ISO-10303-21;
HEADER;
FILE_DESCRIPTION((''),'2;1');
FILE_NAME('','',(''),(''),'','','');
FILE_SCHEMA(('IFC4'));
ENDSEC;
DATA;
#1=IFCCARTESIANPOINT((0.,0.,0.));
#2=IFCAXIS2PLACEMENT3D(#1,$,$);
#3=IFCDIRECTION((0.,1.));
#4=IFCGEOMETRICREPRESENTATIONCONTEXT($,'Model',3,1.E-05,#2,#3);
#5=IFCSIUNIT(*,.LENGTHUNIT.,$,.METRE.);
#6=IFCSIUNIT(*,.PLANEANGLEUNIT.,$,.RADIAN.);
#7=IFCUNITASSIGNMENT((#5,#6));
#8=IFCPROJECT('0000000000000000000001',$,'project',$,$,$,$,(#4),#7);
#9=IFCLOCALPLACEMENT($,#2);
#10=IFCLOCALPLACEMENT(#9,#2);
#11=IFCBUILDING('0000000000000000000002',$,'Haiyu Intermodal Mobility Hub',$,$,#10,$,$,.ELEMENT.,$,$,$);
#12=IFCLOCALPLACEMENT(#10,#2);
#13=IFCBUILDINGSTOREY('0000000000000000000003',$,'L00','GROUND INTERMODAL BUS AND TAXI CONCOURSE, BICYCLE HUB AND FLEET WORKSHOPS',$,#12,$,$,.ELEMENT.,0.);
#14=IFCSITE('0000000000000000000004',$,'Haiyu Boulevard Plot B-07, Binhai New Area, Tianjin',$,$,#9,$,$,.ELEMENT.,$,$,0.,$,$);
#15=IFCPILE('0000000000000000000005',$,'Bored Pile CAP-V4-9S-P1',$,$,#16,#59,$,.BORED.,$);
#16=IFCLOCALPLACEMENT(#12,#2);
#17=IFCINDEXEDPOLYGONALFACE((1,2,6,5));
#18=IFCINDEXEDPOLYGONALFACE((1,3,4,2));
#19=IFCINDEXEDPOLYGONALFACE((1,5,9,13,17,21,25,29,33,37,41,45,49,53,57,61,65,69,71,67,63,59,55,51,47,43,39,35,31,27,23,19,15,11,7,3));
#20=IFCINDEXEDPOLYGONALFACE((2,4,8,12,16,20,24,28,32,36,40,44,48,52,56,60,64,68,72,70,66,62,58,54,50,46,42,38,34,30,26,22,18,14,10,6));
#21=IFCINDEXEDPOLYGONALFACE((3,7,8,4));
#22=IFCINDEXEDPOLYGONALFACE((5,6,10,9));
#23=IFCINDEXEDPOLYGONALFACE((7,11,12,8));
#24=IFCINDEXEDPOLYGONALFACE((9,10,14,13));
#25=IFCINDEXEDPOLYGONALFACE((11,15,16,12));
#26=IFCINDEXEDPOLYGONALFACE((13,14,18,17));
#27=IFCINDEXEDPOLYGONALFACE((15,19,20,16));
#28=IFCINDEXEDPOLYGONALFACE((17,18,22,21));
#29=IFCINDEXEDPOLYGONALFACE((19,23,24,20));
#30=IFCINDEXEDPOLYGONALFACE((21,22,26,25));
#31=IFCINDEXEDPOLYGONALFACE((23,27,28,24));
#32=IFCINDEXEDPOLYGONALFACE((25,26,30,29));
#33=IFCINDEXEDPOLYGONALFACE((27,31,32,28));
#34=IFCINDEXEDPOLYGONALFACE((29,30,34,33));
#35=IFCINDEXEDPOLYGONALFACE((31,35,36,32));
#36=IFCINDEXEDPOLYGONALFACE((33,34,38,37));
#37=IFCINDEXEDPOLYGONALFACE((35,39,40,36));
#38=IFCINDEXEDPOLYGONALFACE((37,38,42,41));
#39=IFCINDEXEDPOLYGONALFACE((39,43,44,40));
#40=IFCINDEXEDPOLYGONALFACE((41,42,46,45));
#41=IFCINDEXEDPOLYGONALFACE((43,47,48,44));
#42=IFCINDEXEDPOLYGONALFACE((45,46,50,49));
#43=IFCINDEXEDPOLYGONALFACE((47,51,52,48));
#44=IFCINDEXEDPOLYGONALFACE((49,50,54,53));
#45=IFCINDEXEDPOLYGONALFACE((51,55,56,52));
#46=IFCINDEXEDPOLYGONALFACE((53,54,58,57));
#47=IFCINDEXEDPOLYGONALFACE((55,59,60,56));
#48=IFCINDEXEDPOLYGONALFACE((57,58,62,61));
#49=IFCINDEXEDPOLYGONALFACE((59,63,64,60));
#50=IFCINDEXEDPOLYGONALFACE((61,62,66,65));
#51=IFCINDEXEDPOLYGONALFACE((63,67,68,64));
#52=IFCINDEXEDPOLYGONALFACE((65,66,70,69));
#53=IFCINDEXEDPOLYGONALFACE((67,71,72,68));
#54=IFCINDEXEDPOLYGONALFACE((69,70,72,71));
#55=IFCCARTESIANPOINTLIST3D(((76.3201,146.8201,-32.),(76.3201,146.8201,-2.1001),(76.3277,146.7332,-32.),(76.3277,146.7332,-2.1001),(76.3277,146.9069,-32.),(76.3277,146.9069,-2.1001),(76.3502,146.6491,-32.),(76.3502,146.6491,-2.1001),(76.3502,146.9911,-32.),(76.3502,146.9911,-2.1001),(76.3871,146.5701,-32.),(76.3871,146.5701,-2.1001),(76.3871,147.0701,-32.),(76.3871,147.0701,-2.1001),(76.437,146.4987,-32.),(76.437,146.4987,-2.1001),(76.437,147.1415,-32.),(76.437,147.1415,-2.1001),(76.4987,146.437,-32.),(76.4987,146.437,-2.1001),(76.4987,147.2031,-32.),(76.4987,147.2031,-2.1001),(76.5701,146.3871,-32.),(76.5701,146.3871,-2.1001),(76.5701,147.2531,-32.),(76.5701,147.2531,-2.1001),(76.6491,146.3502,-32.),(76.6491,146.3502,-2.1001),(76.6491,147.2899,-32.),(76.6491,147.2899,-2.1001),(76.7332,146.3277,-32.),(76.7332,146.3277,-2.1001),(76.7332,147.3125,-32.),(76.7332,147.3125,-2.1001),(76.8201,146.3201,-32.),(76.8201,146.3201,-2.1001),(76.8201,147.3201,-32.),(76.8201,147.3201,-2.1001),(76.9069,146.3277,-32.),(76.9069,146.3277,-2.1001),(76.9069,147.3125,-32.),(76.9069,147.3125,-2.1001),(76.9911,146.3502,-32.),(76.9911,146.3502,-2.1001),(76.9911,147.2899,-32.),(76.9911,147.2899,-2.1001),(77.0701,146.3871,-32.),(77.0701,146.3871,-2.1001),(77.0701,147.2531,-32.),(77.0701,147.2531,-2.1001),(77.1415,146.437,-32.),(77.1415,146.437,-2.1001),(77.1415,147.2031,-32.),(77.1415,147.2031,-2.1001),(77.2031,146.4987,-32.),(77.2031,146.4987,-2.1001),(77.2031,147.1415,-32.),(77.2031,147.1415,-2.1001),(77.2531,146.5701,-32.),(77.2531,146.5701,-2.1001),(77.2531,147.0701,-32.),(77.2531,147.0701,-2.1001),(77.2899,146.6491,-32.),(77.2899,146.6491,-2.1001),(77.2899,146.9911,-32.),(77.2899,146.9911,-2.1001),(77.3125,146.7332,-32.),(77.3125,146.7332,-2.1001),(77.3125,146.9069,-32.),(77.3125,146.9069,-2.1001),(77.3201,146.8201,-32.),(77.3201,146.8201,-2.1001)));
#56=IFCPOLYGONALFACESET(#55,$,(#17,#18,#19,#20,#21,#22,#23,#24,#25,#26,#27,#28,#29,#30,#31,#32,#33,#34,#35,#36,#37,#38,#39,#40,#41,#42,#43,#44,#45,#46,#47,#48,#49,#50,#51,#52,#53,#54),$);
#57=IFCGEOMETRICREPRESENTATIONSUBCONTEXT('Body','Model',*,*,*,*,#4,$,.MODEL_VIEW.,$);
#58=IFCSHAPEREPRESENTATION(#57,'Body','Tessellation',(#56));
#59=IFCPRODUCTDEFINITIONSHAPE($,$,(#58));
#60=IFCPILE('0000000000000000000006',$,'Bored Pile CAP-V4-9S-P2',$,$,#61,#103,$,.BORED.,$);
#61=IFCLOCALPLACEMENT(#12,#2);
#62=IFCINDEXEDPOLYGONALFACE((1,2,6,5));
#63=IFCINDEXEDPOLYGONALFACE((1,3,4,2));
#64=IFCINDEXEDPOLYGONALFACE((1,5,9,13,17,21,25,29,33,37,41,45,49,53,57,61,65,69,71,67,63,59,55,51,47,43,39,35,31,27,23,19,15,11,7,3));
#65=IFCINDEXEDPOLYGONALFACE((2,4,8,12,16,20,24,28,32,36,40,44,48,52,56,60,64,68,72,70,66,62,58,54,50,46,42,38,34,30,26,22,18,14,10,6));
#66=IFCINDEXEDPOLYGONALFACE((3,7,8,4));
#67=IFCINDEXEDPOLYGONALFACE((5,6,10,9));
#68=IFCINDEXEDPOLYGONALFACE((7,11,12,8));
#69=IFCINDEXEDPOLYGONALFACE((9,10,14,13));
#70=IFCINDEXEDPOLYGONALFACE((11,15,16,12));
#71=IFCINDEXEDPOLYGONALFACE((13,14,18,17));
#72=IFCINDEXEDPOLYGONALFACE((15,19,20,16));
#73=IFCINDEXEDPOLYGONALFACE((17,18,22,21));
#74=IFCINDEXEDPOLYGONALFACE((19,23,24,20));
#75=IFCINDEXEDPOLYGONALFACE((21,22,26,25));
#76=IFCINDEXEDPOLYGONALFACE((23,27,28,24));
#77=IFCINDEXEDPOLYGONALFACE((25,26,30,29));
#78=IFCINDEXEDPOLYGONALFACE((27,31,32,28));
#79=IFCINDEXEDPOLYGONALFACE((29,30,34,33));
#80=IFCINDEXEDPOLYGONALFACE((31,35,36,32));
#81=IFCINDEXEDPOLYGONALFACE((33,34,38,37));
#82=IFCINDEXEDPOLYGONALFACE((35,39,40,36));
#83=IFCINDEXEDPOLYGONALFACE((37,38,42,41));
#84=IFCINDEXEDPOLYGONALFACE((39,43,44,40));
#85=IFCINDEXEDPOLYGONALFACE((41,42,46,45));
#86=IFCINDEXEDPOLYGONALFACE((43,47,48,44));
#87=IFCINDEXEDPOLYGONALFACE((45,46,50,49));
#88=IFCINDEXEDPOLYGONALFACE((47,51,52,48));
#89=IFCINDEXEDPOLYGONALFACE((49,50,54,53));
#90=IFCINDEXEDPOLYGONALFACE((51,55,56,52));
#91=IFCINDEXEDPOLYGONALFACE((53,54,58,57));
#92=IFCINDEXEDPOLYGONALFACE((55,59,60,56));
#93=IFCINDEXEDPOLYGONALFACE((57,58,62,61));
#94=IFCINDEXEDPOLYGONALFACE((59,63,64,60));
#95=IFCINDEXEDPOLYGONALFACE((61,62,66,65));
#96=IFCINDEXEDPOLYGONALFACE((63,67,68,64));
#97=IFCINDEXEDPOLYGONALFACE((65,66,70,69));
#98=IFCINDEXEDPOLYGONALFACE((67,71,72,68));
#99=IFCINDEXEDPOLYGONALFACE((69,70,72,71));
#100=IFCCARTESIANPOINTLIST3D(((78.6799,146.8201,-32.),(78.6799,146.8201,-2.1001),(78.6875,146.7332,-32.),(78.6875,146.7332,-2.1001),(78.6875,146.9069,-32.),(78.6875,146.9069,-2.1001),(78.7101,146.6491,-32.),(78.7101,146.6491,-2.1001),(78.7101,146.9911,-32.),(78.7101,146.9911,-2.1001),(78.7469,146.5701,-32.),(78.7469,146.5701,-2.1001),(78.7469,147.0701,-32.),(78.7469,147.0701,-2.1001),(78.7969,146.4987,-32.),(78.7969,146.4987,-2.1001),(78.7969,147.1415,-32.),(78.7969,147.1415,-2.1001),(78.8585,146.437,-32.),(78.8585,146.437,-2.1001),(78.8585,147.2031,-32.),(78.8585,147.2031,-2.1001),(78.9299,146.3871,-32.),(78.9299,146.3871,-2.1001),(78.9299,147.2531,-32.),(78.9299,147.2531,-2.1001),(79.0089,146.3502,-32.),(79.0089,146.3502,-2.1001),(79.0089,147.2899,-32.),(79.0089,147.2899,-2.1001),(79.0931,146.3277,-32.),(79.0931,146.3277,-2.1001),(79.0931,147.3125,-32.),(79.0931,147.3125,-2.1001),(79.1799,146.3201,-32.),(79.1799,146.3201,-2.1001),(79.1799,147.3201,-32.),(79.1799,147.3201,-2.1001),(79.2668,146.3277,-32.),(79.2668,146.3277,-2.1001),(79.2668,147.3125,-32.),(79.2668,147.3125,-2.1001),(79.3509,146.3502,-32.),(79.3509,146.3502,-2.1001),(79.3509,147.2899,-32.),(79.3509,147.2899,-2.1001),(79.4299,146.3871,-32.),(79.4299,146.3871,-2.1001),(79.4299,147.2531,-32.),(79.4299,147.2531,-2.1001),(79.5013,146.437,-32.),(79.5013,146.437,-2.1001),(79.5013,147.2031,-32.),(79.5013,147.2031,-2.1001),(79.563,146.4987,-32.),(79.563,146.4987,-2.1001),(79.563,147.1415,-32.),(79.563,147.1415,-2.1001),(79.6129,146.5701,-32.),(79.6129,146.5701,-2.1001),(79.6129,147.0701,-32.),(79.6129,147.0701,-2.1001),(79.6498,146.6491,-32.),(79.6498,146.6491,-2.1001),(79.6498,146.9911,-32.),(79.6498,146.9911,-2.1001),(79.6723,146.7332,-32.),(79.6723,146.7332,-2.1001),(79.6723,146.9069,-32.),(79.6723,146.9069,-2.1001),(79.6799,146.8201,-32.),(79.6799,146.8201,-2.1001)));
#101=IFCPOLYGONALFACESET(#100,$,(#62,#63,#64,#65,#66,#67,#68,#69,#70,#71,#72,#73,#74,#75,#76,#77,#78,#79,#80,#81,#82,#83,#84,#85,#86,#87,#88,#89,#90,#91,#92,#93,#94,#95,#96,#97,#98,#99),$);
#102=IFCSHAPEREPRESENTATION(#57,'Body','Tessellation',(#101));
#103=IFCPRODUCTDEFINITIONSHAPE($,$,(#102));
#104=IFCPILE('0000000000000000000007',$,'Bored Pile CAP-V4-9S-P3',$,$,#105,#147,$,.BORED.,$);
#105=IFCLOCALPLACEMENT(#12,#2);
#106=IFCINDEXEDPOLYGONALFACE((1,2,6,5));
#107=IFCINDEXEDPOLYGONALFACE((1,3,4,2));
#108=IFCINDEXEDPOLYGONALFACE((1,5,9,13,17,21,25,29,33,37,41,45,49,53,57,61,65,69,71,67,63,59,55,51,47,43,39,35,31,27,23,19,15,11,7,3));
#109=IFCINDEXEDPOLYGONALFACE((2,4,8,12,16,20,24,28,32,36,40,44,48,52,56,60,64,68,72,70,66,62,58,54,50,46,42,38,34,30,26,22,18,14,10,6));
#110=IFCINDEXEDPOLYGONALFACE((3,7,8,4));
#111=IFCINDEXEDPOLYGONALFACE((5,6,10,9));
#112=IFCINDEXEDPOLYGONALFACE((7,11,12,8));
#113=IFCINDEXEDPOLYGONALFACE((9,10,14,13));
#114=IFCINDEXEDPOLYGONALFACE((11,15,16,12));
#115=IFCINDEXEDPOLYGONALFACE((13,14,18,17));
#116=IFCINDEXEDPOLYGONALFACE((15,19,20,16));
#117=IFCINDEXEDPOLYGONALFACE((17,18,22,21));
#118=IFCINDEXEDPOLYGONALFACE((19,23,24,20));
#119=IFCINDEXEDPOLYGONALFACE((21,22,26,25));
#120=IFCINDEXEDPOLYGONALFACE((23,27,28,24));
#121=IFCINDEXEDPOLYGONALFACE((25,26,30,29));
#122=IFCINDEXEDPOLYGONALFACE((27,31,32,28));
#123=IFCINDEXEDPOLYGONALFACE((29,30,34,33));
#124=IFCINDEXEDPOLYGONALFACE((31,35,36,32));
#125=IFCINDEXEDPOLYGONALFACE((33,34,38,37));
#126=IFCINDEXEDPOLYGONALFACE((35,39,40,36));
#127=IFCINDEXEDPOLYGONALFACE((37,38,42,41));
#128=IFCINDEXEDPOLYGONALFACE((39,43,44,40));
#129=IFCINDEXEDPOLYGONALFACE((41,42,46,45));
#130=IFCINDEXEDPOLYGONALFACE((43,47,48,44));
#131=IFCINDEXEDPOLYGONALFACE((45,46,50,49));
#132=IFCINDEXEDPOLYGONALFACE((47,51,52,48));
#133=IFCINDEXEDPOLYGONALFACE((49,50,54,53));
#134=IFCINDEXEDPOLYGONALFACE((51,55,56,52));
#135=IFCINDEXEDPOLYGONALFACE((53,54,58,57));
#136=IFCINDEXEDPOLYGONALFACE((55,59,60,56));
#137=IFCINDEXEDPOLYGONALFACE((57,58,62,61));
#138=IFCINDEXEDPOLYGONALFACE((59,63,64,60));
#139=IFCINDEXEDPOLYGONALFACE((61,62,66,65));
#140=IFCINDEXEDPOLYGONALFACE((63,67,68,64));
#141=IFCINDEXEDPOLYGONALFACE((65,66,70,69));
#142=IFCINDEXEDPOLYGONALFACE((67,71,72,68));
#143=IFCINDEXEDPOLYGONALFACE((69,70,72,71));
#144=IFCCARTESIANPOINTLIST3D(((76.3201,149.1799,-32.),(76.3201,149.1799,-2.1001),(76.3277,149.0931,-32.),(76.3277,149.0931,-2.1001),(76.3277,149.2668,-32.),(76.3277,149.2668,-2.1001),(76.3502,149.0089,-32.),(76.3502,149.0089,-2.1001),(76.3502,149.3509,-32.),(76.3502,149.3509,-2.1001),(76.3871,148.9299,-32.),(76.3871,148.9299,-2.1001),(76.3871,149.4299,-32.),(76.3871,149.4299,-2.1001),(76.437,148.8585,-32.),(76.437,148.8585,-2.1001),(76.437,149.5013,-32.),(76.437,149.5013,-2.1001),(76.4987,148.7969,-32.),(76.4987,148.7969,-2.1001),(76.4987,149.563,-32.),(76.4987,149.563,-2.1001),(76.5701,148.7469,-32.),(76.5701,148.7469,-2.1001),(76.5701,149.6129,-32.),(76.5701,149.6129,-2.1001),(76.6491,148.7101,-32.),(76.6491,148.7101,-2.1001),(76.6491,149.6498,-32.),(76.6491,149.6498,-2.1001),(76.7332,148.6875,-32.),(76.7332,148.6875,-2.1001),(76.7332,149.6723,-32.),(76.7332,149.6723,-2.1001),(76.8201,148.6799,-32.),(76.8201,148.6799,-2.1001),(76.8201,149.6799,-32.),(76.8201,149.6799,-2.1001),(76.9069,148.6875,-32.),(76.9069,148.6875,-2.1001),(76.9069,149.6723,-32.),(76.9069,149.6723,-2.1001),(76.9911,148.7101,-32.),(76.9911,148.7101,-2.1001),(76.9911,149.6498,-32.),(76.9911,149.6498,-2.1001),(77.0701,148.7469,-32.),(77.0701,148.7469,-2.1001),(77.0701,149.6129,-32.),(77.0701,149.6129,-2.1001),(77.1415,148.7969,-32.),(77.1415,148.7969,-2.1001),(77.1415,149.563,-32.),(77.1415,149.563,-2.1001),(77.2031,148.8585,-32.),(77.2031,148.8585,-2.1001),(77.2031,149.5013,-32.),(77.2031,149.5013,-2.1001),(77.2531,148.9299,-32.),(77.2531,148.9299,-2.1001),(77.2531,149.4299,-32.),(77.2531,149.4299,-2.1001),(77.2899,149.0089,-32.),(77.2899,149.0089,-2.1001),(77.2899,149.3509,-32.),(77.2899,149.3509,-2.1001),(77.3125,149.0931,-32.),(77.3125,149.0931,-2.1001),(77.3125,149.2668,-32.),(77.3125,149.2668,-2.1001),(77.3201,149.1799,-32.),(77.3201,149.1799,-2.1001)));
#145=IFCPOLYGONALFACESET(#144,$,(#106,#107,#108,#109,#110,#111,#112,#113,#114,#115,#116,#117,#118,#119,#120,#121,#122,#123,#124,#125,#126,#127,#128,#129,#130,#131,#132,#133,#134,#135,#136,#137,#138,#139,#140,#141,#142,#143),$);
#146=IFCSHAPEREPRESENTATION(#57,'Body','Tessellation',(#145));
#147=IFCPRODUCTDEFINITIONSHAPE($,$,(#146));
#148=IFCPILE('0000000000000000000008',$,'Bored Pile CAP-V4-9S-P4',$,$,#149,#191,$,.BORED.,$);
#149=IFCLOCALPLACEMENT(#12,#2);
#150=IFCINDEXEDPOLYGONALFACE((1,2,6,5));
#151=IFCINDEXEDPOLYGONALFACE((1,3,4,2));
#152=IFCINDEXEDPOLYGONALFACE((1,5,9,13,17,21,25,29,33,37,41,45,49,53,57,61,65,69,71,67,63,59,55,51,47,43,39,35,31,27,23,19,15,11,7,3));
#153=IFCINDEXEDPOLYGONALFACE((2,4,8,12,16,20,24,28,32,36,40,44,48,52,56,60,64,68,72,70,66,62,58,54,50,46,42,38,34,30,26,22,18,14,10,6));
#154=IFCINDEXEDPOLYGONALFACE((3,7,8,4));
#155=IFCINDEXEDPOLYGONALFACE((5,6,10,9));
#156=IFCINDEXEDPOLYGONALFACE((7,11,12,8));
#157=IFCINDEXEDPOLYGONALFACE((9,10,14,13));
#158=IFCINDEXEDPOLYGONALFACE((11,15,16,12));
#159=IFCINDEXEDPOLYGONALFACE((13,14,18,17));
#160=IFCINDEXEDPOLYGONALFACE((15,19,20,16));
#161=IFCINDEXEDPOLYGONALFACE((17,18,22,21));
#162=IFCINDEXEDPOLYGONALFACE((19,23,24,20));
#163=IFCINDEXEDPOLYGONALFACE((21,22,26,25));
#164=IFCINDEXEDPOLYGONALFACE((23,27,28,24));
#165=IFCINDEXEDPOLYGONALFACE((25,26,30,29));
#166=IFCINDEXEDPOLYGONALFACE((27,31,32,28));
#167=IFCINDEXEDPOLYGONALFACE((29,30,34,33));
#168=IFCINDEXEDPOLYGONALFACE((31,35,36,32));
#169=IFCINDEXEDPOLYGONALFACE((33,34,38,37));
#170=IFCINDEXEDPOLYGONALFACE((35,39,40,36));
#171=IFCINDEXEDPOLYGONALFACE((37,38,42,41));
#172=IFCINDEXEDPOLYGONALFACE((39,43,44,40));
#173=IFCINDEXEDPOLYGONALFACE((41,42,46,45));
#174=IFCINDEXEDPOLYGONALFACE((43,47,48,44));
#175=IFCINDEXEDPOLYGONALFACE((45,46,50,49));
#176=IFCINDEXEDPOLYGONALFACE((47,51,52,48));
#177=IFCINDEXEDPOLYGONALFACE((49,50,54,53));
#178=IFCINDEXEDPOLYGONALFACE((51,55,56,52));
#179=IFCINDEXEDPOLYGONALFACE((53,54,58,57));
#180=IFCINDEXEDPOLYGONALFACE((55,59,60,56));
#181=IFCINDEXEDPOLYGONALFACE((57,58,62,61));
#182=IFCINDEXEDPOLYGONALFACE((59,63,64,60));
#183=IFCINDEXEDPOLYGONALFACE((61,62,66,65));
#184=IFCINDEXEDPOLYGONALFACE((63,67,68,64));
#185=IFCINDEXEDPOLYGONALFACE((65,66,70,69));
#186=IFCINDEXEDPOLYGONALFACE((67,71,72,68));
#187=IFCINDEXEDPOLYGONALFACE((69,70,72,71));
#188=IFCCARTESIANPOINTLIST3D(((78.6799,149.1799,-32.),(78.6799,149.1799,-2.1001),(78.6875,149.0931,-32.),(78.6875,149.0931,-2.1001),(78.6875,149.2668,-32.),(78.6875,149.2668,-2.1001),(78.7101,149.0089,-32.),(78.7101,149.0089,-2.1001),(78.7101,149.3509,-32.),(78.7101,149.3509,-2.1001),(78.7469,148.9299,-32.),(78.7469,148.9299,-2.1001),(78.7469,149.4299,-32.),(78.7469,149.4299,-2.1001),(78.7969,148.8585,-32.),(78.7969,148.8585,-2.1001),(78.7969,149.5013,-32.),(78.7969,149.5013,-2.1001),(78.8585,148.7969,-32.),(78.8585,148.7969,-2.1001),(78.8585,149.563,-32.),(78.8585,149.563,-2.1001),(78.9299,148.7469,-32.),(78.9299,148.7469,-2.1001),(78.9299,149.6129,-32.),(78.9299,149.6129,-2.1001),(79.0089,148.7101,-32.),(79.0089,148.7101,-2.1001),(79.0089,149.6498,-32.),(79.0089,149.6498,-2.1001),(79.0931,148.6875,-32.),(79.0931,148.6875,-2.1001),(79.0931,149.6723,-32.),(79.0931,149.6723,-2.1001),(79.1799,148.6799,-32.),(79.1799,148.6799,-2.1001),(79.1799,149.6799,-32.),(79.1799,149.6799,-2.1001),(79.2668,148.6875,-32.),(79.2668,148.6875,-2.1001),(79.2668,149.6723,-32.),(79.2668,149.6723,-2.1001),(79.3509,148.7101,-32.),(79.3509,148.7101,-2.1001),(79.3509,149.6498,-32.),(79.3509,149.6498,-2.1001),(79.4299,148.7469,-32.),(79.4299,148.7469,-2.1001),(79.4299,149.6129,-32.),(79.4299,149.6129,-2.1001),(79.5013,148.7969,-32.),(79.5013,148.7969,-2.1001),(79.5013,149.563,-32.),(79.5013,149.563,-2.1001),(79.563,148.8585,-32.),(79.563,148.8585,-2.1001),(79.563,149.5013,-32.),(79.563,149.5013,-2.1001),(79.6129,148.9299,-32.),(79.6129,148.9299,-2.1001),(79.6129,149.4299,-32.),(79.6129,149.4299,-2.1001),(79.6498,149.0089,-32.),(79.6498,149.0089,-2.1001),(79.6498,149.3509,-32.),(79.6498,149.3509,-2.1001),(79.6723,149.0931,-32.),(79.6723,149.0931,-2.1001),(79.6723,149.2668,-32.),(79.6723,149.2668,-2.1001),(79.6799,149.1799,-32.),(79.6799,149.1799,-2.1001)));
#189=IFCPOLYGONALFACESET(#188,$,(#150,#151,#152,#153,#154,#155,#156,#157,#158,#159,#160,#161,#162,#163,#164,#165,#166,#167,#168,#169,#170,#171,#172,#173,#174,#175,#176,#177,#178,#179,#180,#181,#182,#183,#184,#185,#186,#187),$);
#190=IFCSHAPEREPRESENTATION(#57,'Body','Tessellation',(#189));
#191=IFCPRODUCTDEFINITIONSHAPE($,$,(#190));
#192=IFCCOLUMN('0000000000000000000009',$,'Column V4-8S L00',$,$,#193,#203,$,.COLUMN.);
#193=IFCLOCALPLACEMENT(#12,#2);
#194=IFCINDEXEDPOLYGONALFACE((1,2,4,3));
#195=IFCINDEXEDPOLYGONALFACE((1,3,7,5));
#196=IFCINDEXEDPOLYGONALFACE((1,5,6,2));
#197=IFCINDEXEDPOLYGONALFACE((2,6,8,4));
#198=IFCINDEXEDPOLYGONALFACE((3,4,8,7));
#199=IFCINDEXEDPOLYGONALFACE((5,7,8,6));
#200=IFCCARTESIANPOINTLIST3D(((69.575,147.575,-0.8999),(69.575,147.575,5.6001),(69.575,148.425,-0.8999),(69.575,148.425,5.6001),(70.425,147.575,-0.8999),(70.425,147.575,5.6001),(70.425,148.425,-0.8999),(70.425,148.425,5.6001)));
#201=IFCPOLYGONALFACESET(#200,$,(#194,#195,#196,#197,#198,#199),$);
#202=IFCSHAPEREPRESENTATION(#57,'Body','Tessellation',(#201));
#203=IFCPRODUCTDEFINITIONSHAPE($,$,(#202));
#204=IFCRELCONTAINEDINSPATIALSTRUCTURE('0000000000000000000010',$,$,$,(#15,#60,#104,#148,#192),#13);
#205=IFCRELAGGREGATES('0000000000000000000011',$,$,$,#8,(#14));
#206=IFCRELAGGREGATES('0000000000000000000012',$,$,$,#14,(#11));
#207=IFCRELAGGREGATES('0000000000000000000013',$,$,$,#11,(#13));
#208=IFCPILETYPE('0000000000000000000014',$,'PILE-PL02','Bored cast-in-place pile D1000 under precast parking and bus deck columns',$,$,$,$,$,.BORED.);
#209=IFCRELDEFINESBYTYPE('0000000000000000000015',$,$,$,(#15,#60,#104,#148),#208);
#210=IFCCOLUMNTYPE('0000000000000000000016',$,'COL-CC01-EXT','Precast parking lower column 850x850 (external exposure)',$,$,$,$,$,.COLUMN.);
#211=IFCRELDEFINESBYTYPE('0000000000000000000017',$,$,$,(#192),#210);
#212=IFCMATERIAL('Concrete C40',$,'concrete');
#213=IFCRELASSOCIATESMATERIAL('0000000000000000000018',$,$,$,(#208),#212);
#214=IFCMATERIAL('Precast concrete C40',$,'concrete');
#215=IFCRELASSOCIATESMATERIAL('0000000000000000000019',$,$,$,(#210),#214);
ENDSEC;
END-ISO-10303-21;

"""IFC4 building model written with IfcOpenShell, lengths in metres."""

from ifc_helpers import new_model, si_unit, direction, frame, origin, origin_2d, place, context, subcontext, project, spatial, rectangle, circle, extrude, material, material_profile, profile_set, type_object, element, save


model = new_model("IFC4")

# Units and contexts
model_context = context("Model", 3, precision=1e-05, world=origin(), true_north=direction((0.0, 1.0)))
body_context = subcontext(model_context, "Body", "Model", "MODEL_VIEW")
ifc_project = project(units=[si_unit("LENGTHUNIT", "METRE"), si_unit("PLANEANGLEUNIT", "RADIAN")], contexts=[model_context])

# Site, building, storey
site_placement = place(None, origin())
site = spatial("IfcSite", under=ifc_project, at=site_placement, Name="Haiyu Boulevard Plot B-07, Binhai New Area, Tianjin", CompositionType="ELEMENT", RefElevation=0.0)
building_placement = place(site_placement, origin())
building = spatial("IfcBuilding", under=site, at=building_placement, Name="Haiyu Intermodal Mobility Hub", CompositionType="ELEMENT")
storey_placement = place(building_placement, origin())
storey = spatial("IfcBuildingStorey", under=building, at=storey_placement, Name="L00", Description="GROUND INTERMODAL BUS AND TAXI CONCOURSE, BICYCLE HUB AND FLEET WORKSHOPS", CompositionType="ELEMENT", Elevation=0.0)

# Shared definitions
ifc_material_1 = material(Name="Concrete C40", Category="concrete")

# Piles
ifc_material_profile_1 = material_profile(ifc_material_1, circle(Radius=0.5, at=origin_2d()), Name="PILE-D1000")
ifc_profile_set_1 = profile_set([ifc_material_profile_1], Name="Concrete C40")
pile_type = type_object("IfcPileType", Name="PILE-PL02", Description="Bored cast-in-place pile D1000 under precast parking and bus deck columns", PredefinedType="BORED", material=ifc_profile_set_1)
for number, where, z_axis, x_axis, name in (
    (1, (76.8201, 146.8201, -2.1001), (0.0, 0.0, -1.0), (1.0, 0.0, 0.0), "Bored Pile CAP-V4-9S-P1"),
    (2, (79.1799, 146.8201, -2.1001), (0.0, 0.0, -1.0), (1.0, 0.0, 0.0), "Bored Pile CAP-V4-9S-P2"),
    (3, (76.8201, 149.1799, -2.1001), (0.0, 0.0, -1.0), (1.0, 0.0, 0.0), "Bored Pile CAP-V4-9S-P3"),
    (4, (79.1799, 149.1799, -2.1001), (0.0, 0.0, -1.0), (1.0, 0.0, 0.0), "Bored Pile CAP-V4-9S-P4"),
):
    element("IfcPile", number, at=place(storey_placement, frame(where, z_axis=z_axis, x_axis=x_axis)), inside=storey, type_object=pile_type, Name=name, PredefinedType="BORED", context=body_context, shape_type="SweptSolid", body=[
        extrude(circle(Radius=0.5, at=origin_2d()), origin(), (0.0, 0.0, 1.0), 29.8999),
    ])

# Column
ifc_material_2 = material(Name="Precast concrete C40", Category="concrete")
ifc_material_profile_2 = material_profile(ifc_material_2, rectangle(XDim=0.8501, YDim=0.8501, at=origin_2d()), Name="RC850x850")
ifc_profile_set_2 = profile_set([ifc_material_profile_2], Name="Precast concrete C40")
column_type = type_object("IfcColumnType", Name="COL-CC01-EXT", Description="Precast parking lower column 850x850 (external exposure)", PredefinedType="COLUMN", material=ifc_profile_set_2)
for number, where, z_axis, x_axis, name in (
    (5, (70.0, 148.0, -0.8999), (0.0, 0.0, 1.0), (1.0, 0.0, 0.0), "Column V4-8S L00"),
):
    element("IfcColumn", number, at=place(storey_placement, frame(where, z_axis=z_axis, x_axis=x_axis)), inside=storey, type_object=column_type, Name=name, PredefinedType="COLUMN", context=body_context, shape_type="SweptSolid", body=[
        extrude(rectangle(XDim=0.8501, YDim=0.8501, at=origin_2d()), origin(), (0.0, 0.0, 1.0), 6.5),
    ])

save(model, "model.ifc")
